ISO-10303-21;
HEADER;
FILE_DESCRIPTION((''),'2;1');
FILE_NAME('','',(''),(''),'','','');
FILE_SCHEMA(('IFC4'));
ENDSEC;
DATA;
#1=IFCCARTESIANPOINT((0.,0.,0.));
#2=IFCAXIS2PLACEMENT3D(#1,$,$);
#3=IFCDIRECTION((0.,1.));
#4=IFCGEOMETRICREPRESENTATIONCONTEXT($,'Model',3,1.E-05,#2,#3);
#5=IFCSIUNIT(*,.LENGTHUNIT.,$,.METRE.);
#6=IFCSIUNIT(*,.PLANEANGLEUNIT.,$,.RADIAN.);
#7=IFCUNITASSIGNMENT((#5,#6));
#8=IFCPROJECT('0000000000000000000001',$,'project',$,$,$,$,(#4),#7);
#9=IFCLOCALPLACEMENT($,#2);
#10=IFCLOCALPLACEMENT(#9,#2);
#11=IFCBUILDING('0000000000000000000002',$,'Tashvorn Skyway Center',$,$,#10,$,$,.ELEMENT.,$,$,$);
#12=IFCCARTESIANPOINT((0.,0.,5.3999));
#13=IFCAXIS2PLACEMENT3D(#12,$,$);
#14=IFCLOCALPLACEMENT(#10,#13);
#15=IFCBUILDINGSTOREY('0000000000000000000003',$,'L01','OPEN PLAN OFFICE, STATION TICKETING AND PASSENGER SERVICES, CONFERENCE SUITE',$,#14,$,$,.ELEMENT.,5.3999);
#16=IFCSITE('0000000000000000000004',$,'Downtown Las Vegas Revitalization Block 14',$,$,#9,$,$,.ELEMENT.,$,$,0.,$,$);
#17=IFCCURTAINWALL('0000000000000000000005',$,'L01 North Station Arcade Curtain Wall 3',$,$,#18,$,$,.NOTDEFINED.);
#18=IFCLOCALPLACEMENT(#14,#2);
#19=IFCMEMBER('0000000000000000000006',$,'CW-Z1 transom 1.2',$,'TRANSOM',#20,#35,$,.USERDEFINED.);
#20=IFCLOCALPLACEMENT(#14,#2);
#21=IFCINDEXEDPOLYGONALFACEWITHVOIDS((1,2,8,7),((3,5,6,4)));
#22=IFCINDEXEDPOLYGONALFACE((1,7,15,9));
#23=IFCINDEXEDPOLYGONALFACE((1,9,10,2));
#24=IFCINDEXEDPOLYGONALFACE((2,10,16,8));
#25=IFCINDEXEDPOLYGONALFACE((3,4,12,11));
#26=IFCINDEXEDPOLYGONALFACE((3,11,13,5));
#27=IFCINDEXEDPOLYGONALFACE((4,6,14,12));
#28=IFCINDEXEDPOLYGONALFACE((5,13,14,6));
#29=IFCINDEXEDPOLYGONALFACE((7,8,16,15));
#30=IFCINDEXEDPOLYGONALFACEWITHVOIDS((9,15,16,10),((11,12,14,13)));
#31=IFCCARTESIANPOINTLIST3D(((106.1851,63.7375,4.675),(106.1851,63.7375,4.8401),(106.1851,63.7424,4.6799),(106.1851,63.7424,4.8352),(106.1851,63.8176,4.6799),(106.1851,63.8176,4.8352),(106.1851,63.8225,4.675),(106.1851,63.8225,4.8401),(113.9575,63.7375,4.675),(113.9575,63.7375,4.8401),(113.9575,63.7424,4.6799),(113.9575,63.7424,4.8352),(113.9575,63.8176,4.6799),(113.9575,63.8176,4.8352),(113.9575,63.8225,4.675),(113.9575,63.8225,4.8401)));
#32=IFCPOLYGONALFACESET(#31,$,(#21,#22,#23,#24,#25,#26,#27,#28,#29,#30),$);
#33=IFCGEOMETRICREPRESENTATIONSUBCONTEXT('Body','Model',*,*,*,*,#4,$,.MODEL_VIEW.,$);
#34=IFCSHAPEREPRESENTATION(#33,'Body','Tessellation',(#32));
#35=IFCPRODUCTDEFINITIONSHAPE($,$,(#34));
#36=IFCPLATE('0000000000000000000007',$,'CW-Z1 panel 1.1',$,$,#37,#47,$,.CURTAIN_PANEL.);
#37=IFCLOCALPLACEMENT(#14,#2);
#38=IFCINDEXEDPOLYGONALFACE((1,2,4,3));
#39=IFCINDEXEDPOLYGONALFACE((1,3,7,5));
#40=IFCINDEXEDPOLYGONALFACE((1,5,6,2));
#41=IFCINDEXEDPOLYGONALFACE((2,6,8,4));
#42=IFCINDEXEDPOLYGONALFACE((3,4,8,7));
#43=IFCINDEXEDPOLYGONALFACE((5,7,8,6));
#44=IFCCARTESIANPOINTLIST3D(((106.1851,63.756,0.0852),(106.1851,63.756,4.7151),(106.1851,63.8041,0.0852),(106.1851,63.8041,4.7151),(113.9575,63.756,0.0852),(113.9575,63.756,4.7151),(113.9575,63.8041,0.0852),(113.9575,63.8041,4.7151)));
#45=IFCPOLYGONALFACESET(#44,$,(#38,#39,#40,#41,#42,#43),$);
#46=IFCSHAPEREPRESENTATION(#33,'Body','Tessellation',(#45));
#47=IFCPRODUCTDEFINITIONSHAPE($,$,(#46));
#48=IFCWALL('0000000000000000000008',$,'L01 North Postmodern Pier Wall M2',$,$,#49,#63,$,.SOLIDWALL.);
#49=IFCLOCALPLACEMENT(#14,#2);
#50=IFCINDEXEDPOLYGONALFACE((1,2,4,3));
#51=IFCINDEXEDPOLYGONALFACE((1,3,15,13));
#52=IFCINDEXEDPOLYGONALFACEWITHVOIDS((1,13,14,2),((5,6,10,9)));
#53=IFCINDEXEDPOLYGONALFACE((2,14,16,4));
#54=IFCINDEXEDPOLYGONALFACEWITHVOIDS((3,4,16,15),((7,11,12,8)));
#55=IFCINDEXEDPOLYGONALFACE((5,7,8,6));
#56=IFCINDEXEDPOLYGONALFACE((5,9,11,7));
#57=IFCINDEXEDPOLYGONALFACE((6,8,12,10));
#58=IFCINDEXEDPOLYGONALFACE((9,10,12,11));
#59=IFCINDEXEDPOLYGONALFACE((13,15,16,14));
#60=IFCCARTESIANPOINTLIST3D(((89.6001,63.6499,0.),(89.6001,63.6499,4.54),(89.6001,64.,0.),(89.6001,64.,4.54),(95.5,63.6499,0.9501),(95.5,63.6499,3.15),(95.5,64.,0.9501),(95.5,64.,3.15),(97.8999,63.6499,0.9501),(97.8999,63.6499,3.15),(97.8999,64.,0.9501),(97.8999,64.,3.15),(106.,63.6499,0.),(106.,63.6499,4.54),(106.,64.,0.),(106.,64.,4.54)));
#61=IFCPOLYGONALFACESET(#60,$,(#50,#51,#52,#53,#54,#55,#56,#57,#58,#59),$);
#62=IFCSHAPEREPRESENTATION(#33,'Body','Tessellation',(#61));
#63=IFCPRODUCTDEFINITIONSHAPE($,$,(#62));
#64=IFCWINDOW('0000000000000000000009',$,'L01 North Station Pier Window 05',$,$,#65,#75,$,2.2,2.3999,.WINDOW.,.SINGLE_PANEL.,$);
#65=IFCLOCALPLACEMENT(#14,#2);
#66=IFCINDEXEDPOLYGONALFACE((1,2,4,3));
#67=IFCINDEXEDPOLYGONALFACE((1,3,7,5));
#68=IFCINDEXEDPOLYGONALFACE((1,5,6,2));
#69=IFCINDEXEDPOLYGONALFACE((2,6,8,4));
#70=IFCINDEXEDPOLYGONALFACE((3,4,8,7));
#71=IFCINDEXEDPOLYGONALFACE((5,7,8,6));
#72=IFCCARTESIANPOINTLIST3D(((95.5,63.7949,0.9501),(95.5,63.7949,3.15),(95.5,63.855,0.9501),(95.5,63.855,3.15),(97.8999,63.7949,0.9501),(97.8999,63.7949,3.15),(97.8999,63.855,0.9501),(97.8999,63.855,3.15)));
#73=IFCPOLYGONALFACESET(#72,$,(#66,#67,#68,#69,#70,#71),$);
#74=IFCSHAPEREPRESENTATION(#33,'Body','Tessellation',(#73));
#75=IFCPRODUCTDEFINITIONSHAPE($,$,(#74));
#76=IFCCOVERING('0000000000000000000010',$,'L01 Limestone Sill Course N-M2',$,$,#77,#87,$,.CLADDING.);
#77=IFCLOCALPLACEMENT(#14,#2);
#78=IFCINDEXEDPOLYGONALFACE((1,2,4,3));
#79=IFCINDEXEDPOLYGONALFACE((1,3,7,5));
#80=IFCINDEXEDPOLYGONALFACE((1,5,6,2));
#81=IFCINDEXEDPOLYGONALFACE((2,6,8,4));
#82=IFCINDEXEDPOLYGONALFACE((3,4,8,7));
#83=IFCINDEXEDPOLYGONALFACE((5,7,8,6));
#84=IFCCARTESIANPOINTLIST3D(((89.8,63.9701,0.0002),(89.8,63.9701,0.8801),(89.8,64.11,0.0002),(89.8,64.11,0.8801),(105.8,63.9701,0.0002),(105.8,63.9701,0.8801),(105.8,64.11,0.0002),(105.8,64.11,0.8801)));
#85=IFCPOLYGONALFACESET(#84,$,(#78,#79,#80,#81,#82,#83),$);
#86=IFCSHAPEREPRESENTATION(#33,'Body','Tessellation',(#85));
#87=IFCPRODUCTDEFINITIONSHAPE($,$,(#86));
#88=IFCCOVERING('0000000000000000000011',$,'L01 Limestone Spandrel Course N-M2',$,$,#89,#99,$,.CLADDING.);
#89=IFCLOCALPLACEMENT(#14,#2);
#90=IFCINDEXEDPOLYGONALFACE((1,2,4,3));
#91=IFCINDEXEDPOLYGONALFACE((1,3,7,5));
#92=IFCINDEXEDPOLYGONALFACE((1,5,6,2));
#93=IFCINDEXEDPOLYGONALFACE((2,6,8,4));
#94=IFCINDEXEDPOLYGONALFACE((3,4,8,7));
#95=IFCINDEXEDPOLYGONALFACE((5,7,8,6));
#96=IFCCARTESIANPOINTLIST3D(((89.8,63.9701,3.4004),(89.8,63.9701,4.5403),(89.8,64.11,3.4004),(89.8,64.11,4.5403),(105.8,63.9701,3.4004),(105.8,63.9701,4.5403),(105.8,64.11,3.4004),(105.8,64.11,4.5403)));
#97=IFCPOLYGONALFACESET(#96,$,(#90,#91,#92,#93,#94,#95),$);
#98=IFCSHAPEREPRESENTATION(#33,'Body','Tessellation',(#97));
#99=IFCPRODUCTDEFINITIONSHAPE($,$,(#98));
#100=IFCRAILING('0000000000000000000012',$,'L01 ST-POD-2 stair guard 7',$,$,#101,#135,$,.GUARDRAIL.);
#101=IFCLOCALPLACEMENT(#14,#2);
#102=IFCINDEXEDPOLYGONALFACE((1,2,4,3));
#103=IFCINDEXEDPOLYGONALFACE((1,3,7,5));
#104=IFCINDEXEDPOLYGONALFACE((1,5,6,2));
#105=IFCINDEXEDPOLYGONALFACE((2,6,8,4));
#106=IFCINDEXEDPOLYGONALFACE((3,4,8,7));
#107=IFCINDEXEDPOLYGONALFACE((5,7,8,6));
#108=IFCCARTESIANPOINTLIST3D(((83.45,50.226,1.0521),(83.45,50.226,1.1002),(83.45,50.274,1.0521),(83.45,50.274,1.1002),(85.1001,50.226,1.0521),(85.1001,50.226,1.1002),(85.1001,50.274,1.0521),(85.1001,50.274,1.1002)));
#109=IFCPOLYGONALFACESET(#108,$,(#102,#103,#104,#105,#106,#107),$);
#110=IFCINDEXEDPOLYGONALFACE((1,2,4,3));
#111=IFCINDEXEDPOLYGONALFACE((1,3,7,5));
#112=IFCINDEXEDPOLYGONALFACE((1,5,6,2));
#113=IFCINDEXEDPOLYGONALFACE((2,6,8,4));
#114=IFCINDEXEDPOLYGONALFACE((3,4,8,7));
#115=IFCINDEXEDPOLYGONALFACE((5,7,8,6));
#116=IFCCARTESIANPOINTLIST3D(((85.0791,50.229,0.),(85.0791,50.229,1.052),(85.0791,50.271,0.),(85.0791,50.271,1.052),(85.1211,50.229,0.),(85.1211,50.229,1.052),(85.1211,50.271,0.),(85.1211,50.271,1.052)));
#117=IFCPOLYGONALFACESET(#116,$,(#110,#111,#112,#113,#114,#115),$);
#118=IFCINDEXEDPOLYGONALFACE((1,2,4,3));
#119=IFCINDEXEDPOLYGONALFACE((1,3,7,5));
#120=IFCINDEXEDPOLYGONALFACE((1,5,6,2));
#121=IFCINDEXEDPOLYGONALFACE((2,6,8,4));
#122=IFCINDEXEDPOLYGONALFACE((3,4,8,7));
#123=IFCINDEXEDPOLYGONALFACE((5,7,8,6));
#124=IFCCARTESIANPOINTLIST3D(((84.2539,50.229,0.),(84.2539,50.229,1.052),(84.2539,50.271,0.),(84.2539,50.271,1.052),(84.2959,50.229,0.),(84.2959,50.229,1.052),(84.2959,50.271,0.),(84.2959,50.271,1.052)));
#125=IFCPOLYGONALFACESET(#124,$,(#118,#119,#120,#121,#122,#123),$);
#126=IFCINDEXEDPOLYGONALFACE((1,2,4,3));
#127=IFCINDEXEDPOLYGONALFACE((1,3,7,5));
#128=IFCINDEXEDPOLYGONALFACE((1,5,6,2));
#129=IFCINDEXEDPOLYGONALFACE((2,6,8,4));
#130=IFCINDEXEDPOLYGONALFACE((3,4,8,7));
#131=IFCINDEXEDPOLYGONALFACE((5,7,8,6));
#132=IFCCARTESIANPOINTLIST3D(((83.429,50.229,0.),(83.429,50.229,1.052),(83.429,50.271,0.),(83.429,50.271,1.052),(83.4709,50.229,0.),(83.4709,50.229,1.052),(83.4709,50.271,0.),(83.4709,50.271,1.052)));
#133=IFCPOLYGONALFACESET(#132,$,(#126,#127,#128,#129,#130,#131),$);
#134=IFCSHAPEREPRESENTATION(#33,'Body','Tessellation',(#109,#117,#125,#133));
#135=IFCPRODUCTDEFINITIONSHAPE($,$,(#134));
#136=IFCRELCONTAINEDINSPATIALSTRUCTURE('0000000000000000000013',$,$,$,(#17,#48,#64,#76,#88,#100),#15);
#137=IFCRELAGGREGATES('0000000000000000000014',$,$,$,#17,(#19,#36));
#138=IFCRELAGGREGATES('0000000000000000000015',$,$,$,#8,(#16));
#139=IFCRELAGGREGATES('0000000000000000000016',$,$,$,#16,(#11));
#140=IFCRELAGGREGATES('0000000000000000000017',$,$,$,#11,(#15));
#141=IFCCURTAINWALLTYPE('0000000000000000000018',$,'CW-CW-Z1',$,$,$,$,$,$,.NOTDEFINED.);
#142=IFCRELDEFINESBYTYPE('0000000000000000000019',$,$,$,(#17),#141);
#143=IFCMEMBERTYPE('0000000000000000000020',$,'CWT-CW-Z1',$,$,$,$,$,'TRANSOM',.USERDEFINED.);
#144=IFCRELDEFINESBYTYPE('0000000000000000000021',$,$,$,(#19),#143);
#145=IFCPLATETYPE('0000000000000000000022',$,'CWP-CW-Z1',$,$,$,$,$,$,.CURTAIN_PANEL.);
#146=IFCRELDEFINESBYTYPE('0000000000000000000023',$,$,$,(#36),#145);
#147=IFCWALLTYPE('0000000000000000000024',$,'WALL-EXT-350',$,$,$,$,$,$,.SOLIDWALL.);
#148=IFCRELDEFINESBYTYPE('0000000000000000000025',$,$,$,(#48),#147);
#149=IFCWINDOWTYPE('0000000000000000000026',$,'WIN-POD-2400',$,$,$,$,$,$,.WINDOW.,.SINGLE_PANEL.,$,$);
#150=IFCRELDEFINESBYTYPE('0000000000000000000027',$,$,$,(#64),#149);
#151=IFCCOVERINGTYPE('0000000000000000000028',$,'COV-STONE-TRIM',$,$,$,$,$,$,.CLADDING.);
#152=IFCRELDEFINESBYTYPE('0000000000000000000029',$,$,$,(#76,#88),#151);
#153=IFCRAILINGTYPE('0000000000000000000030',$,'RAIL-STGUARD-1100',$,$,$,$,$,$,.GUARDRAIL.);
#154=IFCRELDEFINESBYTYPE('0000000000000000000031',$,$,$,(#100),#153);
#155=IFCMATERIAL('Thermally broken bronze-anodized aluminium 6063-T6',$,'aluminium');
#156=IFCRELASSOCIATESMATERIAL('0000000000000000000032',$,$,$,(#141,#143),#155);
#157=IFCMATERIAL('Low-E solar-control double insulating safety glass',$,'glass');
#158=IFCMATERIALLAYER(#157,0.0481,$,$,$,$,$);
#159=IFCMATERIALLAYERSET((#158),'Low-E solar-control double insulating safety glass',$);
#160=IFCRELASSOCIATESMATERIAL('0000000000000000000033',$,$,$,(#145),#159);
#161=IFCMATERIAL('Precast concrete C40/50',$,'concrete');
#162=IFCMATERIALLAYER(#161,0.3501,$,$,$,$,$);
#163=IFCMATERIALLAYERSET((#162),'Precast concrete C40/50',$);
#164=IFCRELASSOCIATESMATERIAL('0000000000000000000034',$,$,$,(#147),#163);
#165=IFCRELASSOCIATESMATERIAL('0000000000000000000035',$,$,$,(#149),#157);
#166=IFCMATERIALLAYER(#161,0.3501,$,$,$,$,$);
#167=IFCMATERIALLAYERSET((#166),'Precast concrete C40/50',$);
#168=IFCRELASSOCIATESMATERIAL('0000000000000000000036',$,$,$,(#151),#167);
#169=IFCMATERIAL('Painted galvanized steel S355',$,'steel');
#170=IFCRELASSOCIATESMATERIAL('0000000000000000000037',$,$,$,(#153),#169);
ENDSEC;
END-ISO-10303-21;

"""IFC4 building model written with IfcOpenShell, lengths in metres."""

from ifc_helpers import new_model, si_unit, direction, frame, frame_2d, origin, origin_2d, place, context, subcontext, project, spatial, rectangle, hollow_rectangle, extrude, material, layer, layer_set, material_profile, profile_set, type_object, element, fill, aggregate, save


model = new_model("IFC4")

# Units and contexts
model_context = context("Model", 3, precision=1e-05, world=origin(), true_north=direction((0.0, 1.0)))
body_context = subcontext(model_context, "Body", "Model", "MODEL_VIEW")
ifc_project = project(units=[si_unit("LENGTHUNIT", "METRE"), si_unit("PLANEANGLEUNIT", "RADIAN")], contexts=[model_context])

# Site, building, storey
site_placement = place(None, origin())
site = spatial("IfcSite", under=ifc_project, at=site_placement, Name="Downtown Las Vegas Revitalization Block 14", CompositionType="ELEMENT", RefElevation=0.0)
building_placement = place(site_placement, origin())
building = spatial("IfcBuilding", under=site, at=building_placement, Name="Tashvorn Skyway Center", CompositionType="ELEMENT")
storey_placement = place(building_placement, frame((0.0, 0.0, 5.3999)))
storey = spatial("IfcBuildingStorey", under=building, at=storey_placement, Name="L01", Description="OPEN PLAN OFFICE, STATION TICKETING AND PASSENGER SERVICES, CONFERENCE SUITE", CompositionType="ELEMENT", Elevation=5.3999)

# Shared definitions
ifc_material_1 = material(Name="Precast concrete C40/50", Category="concrete")

# Shared definitions
ifc_material_2 = material(Name="Thermally broken bronze-anodized aluminium 6063-T6", Category="aluminium")
curtain_wall_type = type_object("IfcCurtainWallType", Name="CW-CW-Z1", PredefinedType="NOTDEFINED", material=ifc_material_2)

# Curtain wall, member, plate
curtain_wall_1_placement = place(storey_placement, origin())
curtain_wall_1 = element("IfcCurtainWall", 1, at=curtain_wall_1_placement, inside=storey, type_object=curtain_wall_type, Name="L01 North Station Arcade Curtain Wall 3", PredefinedType="NOTDEFINED")
ifc_material_profile_1 = material_profile(ifc_material_2, hollow_rectangle(XDim=0.085, YDim=0.165, WallThickness=0.0049, at=origin_2d()), Name="ALU-TRAN-85x165")
ifc_profile_set_1 = profile_set([ifc_material_profile_1], Name="Thermally broken bronze-anodized aluminium 6063-T6")
member_type_1 = type_object("IfcMemberType", Name="CWT-CW-Z1", ElementType="TRANSOM", PredefinedType="USERDEFINED", material=ifc_profile_set_1)
member_1_placement = place(storey_placement, frame((106.1851, 63.78, 4.7576), z_axis=(1.0, 0.0, 0.0), x_axis=(0.0, 1.0, 0.0)))
member_1 = element("IfcMember", 2, at=member_1_placement, type_object=member_type_1, Name="CW-Z1 transom 1.2", ObjectType="TRANSOM", PredefinedType="USERDEFINED", context=body_context, shape_type="SweptSolid", body=[
    extrude(hollow_rectangle(XDim=0.085, YDim=0.165, WallThickness=0.0049, at=origin_2d()), origin(), (0.0, 0.0, 1.0), 7.7725),
])
ifc_material_3 = material(Name="Low-E solar-control double insulating safety glass", Category="glass")
ifc_layer_1 = layer(ifc_material_3, 0.0481)
ifc_layer_set_1 = layer_set([ifc_layer_1], Name="Low-E solar-control double insulating safety glass")
plate_type = type_object("IfcPlateType", Name="CWP-CW-Z1", PredefinedType="CURTAIN_PANEL", material=ifc_layer_set_1)
plate_placement = place(storey_placement, frame((110.0713, 63.78, 0.0852), z_axis=(0.0, 0.0, 1.0), x_axis=(1.0, 0.0, 0.0)))
plate = element("IfcPlate", 3, at=plate_placement, type_object=plate_type, Name="CW-Z1 panel 1.1", PredefinedType="CURTAIN_PANEL", context=body_context, shape_type="SweptSolid", body=[
    extrude(rectangle(XDim=7.7725, YDim=0.0481, at=origin_2d()), origin(), (0.0, 0.0, 1.0), 4.6299),
])
aggregate(curtain_wall_1, [member_1, plate])

# Wall, opening, window
ifc_layer_2 = layer(ifc_material_1, 0.3501)
ifc_layer_set_2 = layer_set([ifc_layer_2], Name="Precast concrete C40/50")
wall_type = type_object("IfcWallType", Name="WALL-EXT-350", PredefinedType="SOLIDWALL", material=ifc_layer_set_2)
wall_placement = place(storey_placement, frame((89.6001, 63.825, 0.0), z_axis=(0.0, 0.0, 1.0), x_axis=(1.0, 0.0, 0.0)))
wall = element("IfcWall", 4, at=wall_placement, inside=storey, type_object=wall_type, Name="L01 North Postmodern Pier Wall M2", PredefinedType="SOLIDWALL", context=body_context, shape_type="SweptSolid", body=[
    extrude(rectangle(XDim=16.3999, YDim=0.3501, at=frame_2d((8.2, 0.0))), origin(), (0.0, 0.0, 1.0), 4.54),
])
opening_placement = place(wall_placement, frame((5.8999, 0.0, 0.95)))
opening = element("IfcOpeningElement", 5, at=opening_placement, cuts=wall, PredefinedType="OPENING", context=body_context, shape_type="SweptSolid", body=[
    extrude(rectangle(XDim=2.3999, YDim=2.2, at=frame_2d((1.2, 1.1001))), frame((0.0, 0.1851, 0.0), z_axis=(0.0, -1.0, 0.0), x_axis=(1.0, 0.0, 0.0)), (0.0, 0.0, 1.0), 0.3701),
])
window_type = type_object("IfcWindowType", Name="WIN-POD-2400", PartitioningType="SINGLE_PANEL", PredefinedType="WINDOW", material=ifc_material_3)
window_placement = place(opening_placement, origin())
window = element("IfcWindow", 6, at=window_placement, inside=storey, type_object=window_type, Name="L01 North Station Pier Window 05", OverallHeight=2.2, OverallWidth=2.3999, PartitioningType="SINGLE_PANEL", PredefinedType="WINDOW", context=body_context, shape_type="SweptSolid", body=[
    extrude(rectangle(XDim=2.3999, YDim=2.2, at=frame_2d((1.2, 1.1001))), frame((0.0, 0.03, 0.0), z_axis=(0.0, -1.0, 0.0), x_axis=(1.0, 0.0, 0.0)), (0.0, 0.0, 1.0), 0.0601),
])
fill(opening, window)

# Coverings
ifc_layer_3 = layer(ifc_material_1, 0.3501)
ifc_layer_set_3 = layer_set([ifc_layer_3], Name="Precast concrete C40/50")
covering_type = type_object("IfcCoveringType", Name="COV-STONE-TRIM", PredefinedType="CLADDING", material=ifc_layer_set_3)
covering_1_placement = place(storey_placement, frame((97.8, 64.04, 0.0002), z_axis=(0.0, 0.0, 1.0), x_axis=(1.0, 0.0, 0.0)))
element("IfcCovering", 7, at=covering_1_placement, inside=storey, type_object=covering_type, Name="L01 Limestone Sill Course N-M2", PredefinedType="CLADDING", context=body_context, shape_type="SweptSolid", body=[
    extrude(rectangle(XDim=16.0, YDim=0.1399, at=origin_2d()), origin(), (0.0, 0.0, 1.0), 0.8799),
])
covering_2_placement = place(storey_placement, frame((97.8, 64.04, 3.4004), z_axis=(0.0, 0.0, 1.0), x_axis=(1.0, 0.0, 0.0)))
element("IfcCovering", 8, at=covering_2_placement, inside=storey, type_object=covering_type, Name="L01 Limestone Spandrel Course N-M2", PredefinedType="CLADDING", context=body_context, shape_type="SweptSolid", body=[
    extrude(rectangle(XDim=16.0, YDim=0.1399, at=origin_2d()), origin(), (0.0, 0.0, 1.0), 1.1399),
])

# Railing
ifc_material_4 = material(Name="Painted galvanized steel S355", Category="steel")
railing_type = type_object("IfcRailingType", Name="RAIL-STGUARD-1100", PredefinedType="GUARDRAIL", material=ifc_material_4)
railing_placement = place(storey_placement, frame((85.1001, 50.25, 0.0)))
element("IfcRailing", 9, at=railing_placement, inside=storey, type_object=railing_type, Name="L01 ST-POD-2 stair guard 7", PredefinedType="GUARDRAIL", context=body_context, shape_type="SweptSolid", body=[
    extrude(rectangle(XDim=0.0481, YDim=0.0481, at=origin_2d()), frame((0.0, 0.0, 1.0762), z_axis=(-1.0, 0.0, 0.0), x_axis=(0.0, -1.0, 0.0)), (0.0, 0.0, 1.0), 1.6501),
    extrude(rectangle(XDim=0.042, YDim=0.042, at=origin_2d()), origin(), (0.0, 0.0, 1.0), 1.052),
    extrude(rectangle(XDim=0.042, YDim=0.042, at=origin_2d()), frame((-0.8252, 0.0, 0.0)), (0.0, 0.0, 1.0), 1.052),
    extrude(rectangle(XDim=0.042, YDim=0.042, at=origin_2d()), frame((-1.6501, 0.0, 0.0)), (0.0, 0.0, 1.0), 1.052),
])

save(model, "model.ifc")
